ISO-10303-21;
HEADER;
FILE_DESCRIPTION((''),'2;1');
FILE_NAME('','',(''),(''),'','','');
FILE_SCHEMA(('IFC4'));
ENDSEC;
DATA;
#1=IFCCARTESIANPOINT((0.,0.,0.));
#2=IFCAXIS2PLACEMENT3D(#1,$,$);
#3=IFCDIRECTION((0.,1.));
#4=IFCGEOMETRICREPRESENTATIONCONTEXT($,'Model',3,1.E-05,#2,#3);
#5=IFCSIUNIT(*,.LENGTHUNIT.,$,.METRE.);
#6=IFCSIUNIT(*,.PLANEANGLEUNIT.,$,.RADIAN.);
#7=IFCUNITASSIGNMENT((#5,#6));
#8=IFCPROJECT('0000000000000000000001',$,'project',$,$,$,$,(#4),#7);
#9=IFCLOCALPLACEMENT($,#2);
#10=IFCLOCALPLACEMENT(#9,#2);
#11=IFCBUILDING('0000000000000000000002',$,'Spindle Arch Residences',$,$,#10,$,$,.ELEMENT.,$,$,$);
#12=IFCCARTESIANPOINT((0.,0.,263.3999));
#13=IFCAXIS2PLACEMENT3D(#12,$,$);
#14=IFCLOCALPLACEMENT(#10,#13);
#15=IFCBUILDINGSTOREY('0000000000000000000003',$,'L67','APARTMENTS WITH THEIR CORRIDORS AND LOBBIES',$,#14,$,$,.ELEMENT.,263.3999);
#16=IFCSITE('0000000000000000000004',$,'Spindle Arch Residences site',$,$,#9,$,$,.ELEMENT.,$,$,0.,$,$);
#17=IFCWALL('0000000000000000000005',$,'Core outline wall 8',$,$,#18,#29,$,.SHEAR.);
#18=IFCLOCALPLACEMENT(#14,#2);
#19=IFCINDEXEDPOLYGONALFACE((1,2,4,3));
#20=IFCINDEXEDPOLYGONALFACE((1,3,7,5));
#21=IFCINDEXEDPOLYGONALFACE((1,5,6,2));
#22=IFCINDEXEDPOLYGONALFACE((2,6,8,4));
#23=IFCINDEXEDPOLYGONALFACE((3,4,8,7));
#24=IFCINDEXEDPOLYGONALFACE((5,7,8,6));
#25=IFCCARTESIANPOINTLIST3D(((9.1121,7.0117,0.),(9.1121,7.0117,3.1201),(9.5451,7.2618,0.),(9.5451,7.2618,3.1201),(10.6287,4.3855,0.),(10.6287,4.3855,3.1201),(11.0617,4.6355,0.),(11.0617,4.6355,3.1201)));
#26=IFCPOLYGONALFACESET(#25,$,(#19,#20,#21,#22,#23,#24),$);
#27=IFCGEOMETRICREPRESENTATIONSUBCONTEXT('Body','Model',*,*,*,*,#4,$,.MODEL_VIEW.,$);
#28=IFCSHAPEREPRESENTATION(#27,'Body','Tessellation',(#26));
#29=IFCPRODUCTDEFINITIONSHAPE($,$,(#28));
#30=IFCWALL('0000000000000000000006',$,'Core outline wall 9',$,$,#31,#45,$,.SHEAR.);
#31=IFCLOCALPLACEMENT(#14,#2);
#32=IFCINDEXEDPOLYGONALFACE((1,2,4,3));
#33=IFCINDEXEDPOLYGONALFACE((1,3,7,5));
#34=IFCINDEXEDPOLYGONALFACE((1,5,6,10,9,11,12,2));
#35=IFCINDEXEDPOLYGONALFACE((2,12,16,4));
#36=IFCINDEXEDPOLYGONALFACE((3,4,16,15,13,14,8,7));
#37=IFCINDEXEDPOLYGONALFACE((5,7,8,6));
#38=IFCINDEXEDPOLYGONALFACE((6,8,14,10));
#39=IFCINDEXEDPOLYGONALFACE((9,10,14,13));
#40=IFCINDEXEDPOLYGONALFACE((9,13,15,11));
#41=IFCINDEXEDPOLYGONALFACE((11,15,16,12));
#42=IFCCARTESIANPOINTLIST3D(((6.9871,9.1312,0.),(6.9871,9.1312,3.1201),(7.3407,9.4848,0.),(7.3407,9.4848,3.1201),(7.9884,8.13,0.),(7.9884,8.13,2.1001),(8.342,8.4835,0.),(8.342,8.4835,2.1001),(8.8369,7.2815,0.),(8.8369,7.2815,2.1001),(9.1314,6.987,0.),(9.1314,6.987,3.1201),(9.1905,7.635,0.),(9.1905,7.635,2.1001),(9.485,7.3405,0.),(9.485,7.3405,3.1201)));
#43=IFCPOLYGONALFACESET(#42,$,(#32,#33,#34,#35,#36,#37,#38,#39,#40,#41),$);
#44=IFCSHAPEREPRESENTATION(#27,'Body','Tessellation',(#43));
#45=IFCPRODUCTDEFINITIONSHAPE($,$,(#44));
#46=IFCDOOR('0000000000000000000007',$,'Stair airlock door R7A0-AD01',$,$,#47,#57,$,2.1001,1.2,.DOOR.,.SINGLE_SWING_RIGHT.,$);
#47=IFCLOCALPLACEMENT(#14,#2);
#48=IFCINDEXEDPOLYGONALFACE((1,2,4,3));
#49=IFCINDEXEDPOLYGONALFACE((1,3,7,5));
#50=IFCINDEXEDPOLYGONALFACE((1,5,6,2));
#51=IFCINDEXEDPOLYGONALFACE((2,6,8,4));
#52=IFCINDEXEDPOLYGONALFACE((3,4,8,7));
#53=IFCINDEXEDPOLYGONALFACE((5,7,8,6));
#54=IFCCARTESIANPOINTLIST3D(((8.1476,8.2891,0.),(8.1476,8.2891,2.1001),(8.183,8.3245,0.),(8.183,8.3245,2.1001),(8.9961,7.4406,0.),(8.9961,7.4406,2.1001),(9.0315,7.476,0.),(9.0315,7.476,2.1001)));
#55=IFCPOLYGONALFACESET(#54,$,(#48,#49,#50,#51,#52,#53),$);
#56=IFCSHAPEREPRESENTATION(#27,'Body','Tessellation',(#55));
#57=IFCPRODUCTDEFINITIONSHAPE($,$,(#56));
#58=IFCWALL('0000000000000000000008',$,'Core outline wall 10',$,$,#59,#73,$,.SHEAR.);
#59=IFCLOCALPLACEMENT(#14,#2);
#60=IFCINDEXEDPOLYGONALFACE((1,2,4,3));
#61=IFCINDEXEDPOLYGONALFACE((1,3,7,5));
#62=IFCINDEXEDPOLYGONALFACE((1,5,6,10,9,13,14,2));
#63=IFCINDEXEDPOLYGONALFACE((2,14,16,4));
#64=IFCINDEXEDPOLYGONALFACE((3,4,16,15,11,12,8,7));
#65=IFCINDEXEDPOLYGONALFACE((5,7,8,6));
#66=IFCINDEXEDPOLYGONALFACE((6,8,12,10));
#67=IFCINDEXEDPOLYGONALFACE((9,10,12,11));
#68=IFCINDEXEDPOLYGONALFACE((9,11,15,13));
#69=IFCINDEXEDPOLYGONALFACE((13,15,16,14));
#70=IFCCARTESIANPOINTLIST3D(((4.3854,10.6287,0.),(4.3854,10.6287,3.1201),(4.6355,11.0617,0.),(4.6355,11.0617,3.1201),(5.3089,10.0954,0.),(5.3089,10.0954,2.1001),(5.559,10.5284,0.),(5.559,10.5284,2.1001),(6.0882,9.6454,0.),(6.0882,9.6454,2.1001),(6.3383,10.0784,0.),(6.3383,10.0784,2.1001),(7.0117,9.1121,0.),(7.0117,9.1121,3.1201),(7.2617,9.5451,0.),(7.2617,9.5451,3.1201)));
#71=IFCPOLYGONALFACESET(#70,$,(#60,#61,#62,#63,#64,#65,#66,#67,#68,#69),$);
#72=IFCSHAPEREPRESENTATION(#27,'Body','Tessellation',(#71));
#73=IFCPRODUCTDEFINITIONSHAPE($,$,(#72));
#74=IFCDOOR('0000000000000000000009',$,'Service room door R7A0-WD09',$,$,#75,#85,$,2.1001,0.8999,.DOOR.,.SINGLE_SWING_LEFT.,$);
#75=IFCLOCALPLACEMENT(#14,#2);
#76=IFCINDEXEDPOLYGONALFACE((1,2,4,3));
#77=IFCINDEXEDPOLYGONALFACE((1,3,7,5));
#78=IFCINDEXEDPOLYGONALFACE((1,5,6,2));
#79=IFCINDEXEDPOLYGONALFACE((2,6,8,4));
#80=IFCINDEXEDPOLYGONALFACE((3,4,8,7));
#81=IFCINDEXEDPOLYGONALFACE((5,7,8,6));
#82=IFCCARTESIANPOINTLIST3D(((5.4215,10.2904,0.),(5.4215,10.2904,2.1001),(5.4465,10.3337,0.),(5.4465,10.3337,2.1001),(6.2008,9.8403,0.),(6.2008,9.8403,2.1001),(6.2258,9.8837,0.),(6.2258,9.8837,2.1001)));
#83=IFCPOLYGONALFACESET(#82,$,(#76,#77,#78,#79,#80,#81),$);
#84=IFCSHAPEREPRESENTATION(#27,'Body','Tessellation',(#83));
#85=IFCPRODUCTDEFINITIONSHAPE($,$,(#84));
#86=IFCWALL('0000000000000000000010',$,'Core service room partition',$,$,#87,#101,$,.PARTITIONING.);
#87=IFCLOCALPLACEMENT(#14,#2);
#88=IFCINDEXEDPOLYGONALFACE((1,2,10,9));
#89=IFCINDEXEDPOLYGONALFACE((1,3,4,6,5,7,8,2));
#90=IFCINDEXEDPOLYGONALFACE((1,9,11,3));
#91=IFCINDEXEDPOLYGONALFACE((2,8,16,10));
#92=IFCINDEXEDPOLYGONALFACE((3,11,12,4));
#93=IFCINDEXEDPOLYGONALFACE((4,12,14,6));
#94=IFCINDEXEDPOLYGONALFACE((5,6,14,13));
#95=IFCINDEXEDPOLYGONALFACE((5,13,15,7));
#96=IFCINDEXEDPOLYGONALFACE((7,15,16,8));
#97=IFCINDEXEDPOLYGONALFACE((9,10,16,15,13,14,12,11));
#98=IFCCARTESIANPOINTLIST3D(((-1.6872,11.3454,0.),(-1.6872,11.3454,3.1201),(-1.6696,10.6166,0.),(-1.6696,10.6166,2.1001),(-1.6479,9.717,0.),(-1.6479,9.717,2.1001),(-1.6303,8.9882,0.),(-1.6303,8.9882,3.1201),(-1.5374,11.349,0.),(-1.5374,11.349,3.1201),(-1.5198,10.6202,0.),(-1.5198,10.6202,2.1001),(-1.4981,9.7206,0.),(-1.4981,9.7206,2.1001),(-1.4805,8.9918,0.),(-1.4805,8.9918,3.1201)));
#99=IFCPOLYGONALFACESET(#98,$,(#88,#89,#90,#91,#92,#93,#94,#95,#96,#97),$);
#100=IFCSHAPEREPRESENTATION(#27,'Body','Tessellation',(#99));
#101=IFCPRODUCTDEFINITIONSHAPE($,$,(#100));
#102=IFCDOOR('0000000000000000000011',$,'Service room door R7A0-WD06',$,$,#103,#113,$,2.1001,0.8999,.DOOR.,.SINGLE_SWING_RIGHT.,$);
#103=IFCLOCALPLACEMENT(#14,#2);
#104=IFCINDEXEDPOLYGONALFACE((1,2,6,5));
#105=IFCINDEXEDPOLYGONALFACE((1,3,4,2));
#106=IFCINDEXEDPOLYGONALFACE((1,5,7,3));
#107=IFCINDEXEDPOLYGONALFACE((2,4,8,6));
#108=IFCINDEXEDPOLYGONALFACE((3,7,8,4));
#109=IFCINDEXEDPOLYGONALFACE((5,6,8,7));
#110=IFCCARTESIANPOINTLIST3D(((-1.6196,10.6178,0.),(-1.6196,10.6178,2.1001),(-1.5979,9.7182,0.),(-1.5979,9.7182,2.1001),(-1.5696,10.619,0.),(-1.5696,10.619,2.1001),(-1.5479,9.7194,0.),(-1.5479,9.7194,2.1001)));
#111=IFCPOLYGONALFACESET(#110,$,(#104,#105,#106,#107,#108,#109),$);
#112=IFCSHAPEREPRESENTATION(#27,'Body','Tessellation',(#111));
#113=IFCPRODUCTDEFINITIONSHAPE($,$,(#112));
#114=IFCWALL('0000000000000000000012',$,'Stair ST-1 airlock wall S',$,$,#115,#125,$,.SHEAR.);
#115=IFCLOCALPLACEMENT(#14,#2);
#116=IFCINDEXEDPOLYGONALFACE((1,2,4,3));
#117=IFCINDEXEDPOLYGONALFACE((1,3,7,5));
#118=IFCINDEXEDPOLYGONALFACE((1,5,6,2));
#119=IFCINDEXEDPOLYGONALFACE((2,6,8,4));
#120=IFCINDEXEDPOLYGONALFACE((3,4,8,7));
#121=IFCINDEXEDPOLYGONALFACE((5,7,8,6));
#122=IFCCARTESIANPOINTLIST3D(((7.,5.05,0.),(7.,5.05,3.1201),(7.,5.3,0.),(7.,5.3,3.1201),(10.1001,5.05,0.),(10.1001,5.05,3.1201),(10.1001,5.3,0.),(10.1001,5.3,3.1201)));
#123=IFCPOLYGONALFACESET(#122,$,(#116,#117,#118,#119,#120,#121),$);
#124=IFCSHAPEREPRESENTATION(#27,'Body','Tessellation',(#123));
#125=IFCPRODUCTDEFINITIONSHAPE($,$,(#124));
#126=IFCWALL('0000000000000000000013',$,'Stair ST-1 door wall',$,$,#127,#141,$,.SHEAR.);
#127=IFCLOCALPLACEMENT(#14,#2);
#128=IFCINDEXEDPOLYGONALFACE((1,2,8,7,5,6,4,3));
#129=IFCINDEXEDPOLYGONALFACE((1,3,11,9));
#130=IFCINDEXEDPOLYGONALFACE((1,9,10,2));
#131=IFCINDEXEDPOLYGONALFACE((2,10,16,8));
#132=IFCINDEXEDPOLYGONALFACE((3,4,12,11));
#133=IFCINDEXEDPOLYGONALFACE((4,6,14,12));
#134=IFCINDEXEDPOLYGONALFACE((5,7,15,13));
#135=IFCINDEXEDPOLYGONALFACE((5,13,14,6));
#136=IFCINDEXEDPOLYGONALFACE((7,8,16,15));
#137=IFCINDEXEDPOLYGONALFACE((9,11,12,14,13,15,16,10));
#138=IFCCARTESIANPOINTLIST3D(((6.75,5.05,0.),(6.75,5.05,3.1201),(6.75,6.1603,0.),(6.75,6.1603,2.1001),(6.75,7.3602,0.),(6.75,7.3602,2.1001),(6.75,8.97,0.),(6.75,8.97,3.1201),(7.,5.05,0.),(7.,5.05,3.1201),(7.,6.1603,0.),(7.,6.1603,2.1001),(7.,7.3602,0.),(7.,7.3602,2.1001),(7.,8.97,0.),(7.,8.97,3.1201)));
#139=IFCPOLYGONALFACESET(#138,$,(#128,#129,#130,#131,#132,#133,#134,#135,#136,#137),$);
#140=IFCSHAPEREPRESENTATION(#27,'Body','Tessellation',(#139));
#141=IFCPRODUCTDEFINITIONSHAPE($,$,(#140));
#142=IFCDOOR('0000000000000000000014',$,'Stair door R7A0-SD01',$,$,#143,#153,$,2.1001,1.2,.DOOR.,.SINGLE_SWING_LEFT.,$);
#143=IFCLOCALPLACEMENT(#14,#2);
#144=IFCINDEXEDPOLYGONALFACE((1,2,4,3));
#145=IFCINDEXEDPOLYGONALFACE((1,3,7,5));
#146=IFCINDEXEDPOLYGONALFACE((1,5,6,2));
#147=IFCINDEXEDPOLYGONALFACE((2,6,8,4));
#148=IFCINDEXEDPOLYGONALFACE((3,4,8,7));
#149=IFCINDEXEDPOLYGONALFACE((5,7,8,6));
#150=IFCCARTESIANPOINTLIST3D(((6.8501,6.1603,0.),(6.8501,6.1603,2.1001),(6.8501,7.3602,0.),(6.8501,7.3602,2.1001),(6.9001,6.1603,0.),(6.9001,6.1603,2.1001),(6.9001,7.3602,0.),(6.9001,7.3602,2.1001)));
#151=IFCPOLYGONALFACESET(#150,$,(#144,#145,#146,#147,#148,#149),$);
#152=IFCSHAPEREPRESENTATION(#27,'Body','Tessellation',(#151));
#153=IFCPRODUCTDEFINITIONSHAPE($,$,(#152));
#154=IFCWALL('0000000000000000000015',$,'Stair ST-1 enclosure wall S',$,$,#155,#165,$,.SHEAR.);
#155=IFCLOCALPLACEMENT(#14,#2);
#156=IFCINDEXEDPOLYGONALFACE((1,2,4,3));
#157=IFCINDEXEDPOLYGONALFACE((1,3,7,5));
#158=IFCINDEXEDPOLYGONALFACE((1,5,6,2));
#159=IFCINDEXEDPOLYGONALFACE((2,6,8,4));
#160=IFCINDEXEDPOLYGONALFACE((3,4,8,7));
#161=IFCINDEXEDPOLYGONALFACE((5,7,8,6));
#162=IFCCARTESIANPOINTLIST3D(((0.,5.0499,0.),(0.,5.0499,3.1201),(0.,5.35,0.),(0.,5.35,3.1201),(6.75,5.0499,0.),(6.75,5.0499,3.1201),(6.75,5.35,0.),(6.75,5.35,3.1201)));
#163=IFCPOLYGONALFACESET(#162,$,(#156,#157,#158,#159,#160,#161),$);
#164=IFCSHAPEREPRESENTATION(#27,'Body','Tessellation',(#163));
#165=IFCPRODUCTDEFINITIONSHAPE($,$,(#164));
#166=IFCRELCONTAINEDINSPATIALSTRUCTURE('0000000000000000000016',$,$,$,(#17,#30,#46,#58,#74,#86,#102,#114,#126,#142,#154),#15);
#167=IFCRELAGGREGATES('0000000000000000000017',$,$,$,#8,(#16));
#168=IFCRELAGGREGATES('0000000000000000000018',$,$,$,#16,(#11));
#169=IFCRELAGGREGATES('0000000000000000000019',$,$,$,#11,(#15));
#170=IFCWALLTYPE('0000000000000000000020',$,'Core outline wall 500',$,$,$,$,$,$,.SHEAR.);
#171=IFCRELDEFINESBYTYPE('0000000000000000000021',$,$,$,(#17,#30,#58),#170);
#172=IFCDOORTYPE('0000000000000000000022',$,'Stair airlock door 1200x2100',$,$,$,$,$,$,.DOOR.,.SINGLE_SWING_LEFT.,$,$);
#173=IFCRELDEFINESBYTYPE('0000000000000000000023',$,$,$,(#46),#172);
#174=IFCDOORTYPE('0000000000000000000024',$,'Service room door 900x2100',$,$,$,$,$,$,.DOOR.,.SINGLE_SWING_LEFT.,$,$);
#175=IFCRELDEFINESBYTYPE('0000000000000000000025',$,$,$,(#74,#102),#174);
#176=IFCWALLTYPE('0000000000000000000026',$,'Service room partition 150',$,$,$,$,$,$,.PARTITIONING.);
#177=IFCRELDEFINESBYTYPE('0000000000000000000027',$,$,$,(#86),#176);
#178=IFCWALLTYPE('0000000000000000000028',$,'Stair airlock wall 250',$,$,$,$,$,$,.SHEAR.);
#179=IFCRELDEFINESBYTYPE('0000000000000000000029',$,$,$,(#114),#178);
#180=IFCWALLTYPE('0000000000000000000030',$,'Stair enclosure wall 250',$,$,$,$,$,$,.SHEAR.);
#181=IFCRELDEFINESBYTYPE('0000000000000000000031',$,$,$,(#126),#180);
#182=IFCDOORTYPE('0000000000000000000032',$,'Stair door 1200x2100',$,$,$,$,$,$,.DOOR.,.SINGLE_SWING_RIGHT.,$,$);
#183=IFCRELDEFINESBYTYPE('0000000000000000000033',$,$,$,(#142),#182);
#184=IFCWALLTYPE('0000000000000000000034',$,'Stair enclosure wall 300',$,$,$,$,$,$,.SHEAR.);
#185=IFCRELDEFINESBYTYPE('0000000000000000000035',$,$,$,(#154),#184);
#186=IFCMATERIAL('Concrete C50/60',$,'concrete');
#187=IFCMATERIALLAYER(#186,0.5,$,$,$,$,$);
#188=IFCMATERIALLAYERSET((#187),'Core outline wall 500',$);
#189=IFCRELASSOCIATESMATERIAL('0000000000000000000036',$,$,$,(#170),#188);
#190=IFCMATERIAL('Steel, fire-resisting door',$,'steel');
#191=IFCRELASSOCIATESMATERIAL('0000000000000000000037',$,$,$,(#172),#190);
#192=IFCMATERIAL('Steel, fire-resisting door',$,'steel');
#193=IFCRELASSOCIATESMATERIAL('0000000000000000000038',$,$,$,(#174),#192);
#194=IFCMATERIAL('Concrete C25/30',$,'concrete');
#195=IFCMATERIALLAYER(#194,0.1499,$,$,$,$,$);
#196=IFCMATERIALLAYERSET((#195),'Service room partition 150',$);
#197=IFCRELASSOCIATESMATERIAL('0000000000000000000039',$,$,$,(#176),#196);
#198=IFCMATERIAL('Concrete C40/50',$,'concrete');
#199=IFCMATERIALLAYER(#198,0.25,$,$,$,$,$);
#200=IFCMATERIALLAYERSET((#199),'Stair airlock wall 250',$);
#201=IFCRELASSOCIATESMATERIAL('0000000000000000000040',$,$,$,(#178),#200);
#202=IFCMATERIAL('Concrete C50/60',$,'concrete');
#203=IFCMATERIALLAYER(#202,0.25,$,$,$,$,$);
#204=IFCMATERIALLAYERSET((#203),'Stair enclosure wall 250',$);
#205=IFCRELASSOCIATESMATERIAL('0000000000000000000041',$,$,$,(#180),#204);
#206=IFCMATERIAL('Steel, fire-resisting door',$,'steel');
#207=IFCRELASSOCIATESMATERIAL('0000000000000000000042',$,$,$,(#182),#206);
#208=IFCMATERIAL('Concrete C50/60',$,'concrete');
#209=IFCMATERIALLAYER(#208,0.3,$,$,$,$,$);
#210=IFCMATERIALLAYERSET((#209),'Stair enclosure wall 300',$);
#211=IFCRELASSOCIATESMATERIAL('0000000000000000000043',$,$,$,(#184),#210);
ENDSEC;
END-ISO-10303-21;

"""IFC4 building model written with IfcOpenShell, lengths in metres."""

from ifc_helpers import new_model, si_unit, direction, frame, frame_2d, origin, place, context, subcontext, project, spatial, rectangle, extrude, material, layer, layer_set, type_object, element, fill, save


model = new_model("IFC4")

# Units and contexts
model_context = context("Model", 3, precision=1e-05, world=origin(), true_north=direction((0.0, 1.0)))
body_context = subcontext(model_context, "Body", "Model", "MODEL_VIEW")
ifc_project = project(units=[si_unit("LENGTHUNIT", "METRE"), si_unit("PLANEANGLEUNIT", "RADIAN")], contexts=[model_context])

# Site, building, storey
site_placement = place(None, origin())
site = spatial("IfcSite", under=ifc_project, at=site_placement, Name="Spindle Arch Residences site", CompositionType="ELEMENT", RefElevation=0.0)
building_placement = place(site_placement, origin())
building = spatial("IfcBuilding", under=site, at=building_placement, Name="Spindle Arch Residences", CompositionType="ELEMENT")
storey_placement = place(building_placement, frame((0.0, 0.0, 263.3999)))
storey = spatial("IfcBuildingStorey", under=building, at=storey_placement, Name="L67", Description="APARTMENTS WITH THEIR CORRIDORS AND LOBBIES", CompositionType="ELEMENT", Elevation=263.3999)

# Wall
ifc_material_1 = material(Name="Concrete C50/60", Category="concrete")
ifc_layer_1 = layer(ifc_material_1, 0.5)
ifc_layer_set_1 = layer_set([ifc_layer_1], Name="Core outline wall 500")
wall_type_1 = type_object("IfcWallType", Name="Core outline wall 500", PredefinedType="SHEAR", material=ifc_layer_set_1)
wall_1_placement = place(storey_placement, frame((10.8452, 4.5105, 0.0), z_axis=(0.0, 0.0, 1.0), x_axis=(-0.500087, 0.865975, 0.0)))
element("IfcWall", 1, at=wall_1_placement, inside=storey, type_object=wall_type_1, Name="Core outline wall 8", PredefinedType="SHEAR", context=body_context, shape_type="SweptSolid", body=[
    extrude(rectangle(XDim=3.0327, YDim=0.5, at=frame_2d((1.5164, 0.0))), origin(), (0.0, 0.0, 1.0), 3.1201),
])

# Walls, openings, doors
wall_2_placement = place(storey_placement, frame((9.3081, 7.1638, 0.0), z_axis=(0.0, 0.0, 1.0), x_axis=(-0.707107, 0.707107, 0.0)))
wall_2 = element("IfcWall", 2, at=wall_2_placement, inside=storey, type_object=wall_type_1, Name="Core outline wall 9", PredefinedType="SHEAR", context=body_context, shape_type="SweptSolid", body=[
    extrude(rectangle(XDim=3.0325, YDim=0.5, at=frame_2d((1.5161, 0.0))), origin(), (0.0, 0.0, 1.0), 3.1201),
])
opening_1_placement = place(wall_2_placement, frame((0.4163, 0.0, 0.0)))
opening_1 = element("IfcOpeningElement", 3, at=opening_1_placement, cuts=wall_2, PredefinedType="OPENING", context=body_context, shape_type="SweptSolid", body=[
    extrude(rectangle(XDim=1.2, YDim=2.1001, at=frame_2d((0.6001, 1.05))), frame((0.0, 0.26, 0.0), z_axis=(0.0, -1.0, 0.0), x_axis=(1.0, 0.0, 0.0)), (0.0, 0.0, 1.0), 0.52),
])
ifc_material_2 = material(Name="Steel, fire-resisting door", Category="steel")
door_type_1 = type_object("IfcDoorType", Name="Stair airlock door 1200x2100", OperationType="SINGLE_SWING_LEFT", PredefinedType="DOOR", material=ifc_material_2)
door_1_placement = place(opening_1_placement, origin())
door_1 = element("IfcDoor", 4, at=door_1_placement, inside=storey, type_object=door_type_1, Name="Stair airlock door R7A0-AD01", OperationType="SINGLE_SWING_RIGHT", OverallHeight=2.1001, OverallWidth=1.2, PredefinedType="DOOR", context=body_context, shape_type="SweptSolid", body=[
    extrude(rectangle(XDim=1.2, YDim=2.1001, at=frame_2d((0.6001, 1.05))), frame((0.0, 0.0249, 0.0), z_axis=(0.0, -1.0, 0.0), x_axis=(1.0, 0.0, 0.0)), (0.0, 0.0, 1.0), 0.05),
])
fill(opening_1, door_1)
wall_3_placement = place(storey_placement, frame((7.1367, 9.3286, 0.0), z_axis=(0.0, 0.0, 1.0), x_axis=(-0.865975, 0.500087, 0.0)))
wall_3 = element("IfcWall", 5, at=wall_3_placement, inside=storey, type_object=wall_type_1, Name="Core outline wall 10", PredefinedType="SHEAR", context=body_context, shape_type="SweptSolid", body=[
    extrude(rectangle(XDim=3.0327, YDim=0.5, at=frame_2d((1.5164, 0.0))), origin(), (0.0, 0.0, 1.0), 3.1201),
])
opening_2_placement = place(wall_3_placement, frame((1.0664, 0.0, 0.0)))
opening_2 = element("IfcOpeningElement", 6, at=opening_2_placement, cuts=wall_3, PredefinedType="OPENING", context=body_context, shape_type="SweptSolid", body=[
    extrude(rectangle(XDim=0.8999, YDim=2.1001, at=frame_2d((0.45, 1.05))), frame((0.0, 0.26, 0.0), z_axis=(0.0, -1.0, 0.0), x_axis=(1.0, 0.0, 0.0)), (0.0, 0.0, 1.0), 0.52),
])
ifc_material_3 = material(Name="Steel, fire-resisting door", Category="steel")
door_type_2 = type_object("IfcDoorType", Name="Service room door 900x2100", OperationType="SINGLE_SWING_LEFT", PredefinedType="DOOR", material=ifc_material_3)
door_2_placement = place(opening_2_placement, origin())
door_2 = element("IfcDoor", 7, at=door_2_placement, inside=storey, type_object=door_type_2, Name="Service room door R7A0-WD09", OperationType="SINGLE_SWING_LEFT", OverallHeight=2.1001, OverallWidth=0.8999, PredefinedType="DOOR", context=body_context, shape_type="SweptSolid", body=[
    extrude(rectangle(XDim=0.8999, YDim=2.1001, at=frame_2d((0.45, 1.05))), frame((0.0, 0.0249, 0.0), z_axis=(0.0, -1.0, 0.0), x_axis=(1.0, 0.0, 0.0)), (0.0, 0.0, 1.0), 0.05),
])
fill(opening_2, door_2)

# Wall, opening, door
ifc_material_4 = material(Name="Concrete C25/30", Category="concrete")
ifc_layer_2 = layer(ifc_material_4, 0.1499)
ifc_layer_set_2 = layer_set([ifc_layer_2], Name="Service room partition 150")
wall_type_2 = type_object("IfcWallType", Name="Service room partition 150", PredefinedType="PARTITIONING", material=ifc_layer_set_2)
wall_4_placement = place(storey_placement, frame((-1.5554, 8.99, 0.0), z_axis=(0.0, 0.0, 1.0), x_axis=(-0.024126, 0.999709, 0.0)))
wall_4 = element("IfcWall", 8, at=wall_4_placement, inside=storey, type_object=wall_type_2, Name="Core service room partition", PredefinedType="PARTITIONING", context=body_context, shape_type="SweptSolid", body=[
    extrude(rectangle(XDim=2.3579, YDim=0.1499, at=frame_2d((1.179, 0.0))), origin(), (0.0, 0.0, 1.0), 3.1201),
])
opening_3_placement = place(wall_4_placement, frame((0.729, 0.0, 0.0)))
opening_3 = element("IfcOpeningElement", 9, at=opening_3_placement, cuts=wall_4, PredefinedType="OPENING", context=body_context, shape_type="SweptSolid", body=[
    extrude(rectangle(XDim=0.8999, YDim=2.1001, at=frame_2d((0.45, 1.05))), frame((0.0, 0.085, 0.0), z_axis=(0.0, -1.0, 0.0), x_axis=(1.0, 0.0, 0.0)), (0.0, 0.0, 1.0), 0.1699),
])
door_3_placement = place(opening_3_placement, origin())
door_3 = element("IfcDoor", 10, at=door_3_placement, inside=storey, type_object=door_type_2, Name="Service room door R7A0-WD06", OperationType="SINGLE_SWING_RIGHT", OverallHeight=2.1001, OverallWidth=0.8999, PredefinedType="DOOR", context=body_context, shape_type="SweptSolid", body=[
    extrude(rectangle(XDim=0.8999, YDim=2.1001, at=frame_2d((0.45, 1.05))), frame((0.0, 0.0249, 0.0), z_axis=(0.0, -1.0, 0.0), x_axis=(1.0, 0.0, 0.0)), (0.0, 0.0, 1.0), 0.05),
])
fill(opening_3, door_3)

# Wall
ifc_material_5 = material(Name="Concrete C40/50", Category="concrete")
ifc_layer_3 = layer(ifc_material_5, 0.25)
ifc_layer_set_3 = layer_set([ifc_layer_3], Name="Stair airlock wall 250")
wall_type_3 = type_object("IfcWallType", Name="Stair airlock wall 250", PredefinedType="SHEAR", material=ifc_layer_set_3)
wall_5_placement = place(storey_placement, frame((7.0, 5.175, 0.0), z_axis=(0.0, 0.0, 1.0), x_axis=(1.0, 0.0, 0.0)))
element("IfcWall", 11, at=wall_5_placement, inside=storey, type_object=wall_type_3, Name="Stair ST-1 airlock wall S", PredefinedType="SHEAR", context=body_context, shape_type="SweptSolid", body=[
    extrude(rectangle(XDim=3.1001, YDim=0.25, at=frame_2d((1.55, 0.0))), origin(), (0.0, 0.0, 1.0), 3.1201),
])

# Wall, opening, door
ifc_material_6 = material(Name="Concrete C50/60", Category="concrete")
ifc_layer_4 = layer(ifc_material_6, 0.25)
ifc_layer_set_4 = layer_set([ifc_layer_4], Name="Stair enclosure wall 250")
wall_type_4 = type_object("IfcWallType", Name="Stair enclosure wall 250", PredefinedType="SHEAR", material=ifc_layer_set_4)
wall_6_placement = place(storey_placement, frame((6.875, 5.05, 0.0), z_axis=(0.0, 0.0, 1.0), x_axis=(0.0, 1.0, 0.0)))
wall_6 = element("IfcWall", 12, at=wall_6_placement, inside=storey, type_object=wall_type_4, Name="Stair ST-1 door wall", PredefinedType="SHEAR", context=body_context, shape_type="SweptSolid", body=[
    extrude(rectangle(XDim=3.9199, YDim=0.25, at=frame_2d((1.96, 0.0))), origin(), (0.0, 0.0, 1.0), 3.1201),
])
opening_4_placement = place(wall_6_placement, frame((1.1101, 0.0, 0.0)))
opening_4 = element("IfcOpeningElement", 13, at=opening_4_placement, cuts=wall_6, PredefinedType="OPENING", context=body_context, shape_type="SweptSolid", body=[
    extrude(rectangle(XDim=1.2, YDim=2.1001, at=frame_2d((0.6001, 1.05))), frame((0.0, 0.135, 0.0), z_axis=(0.0, -1.0, 0.0), x_axis=(1.0, 0.0, 0.0)), (0.0, 0.0, 1.0), 0.27),
])
ifc_material_7 = material(Name="Steel, fire-resisting door", Category="steel")
door_type_3 = type_object("IfcDoorType", Name="Stair door 1200x2100", OperationType="SINGLE_SWING_RIGHT", PredefinedType="DOOR", material=ifc_material_7)
door_4_placement = place(opening_4_placement, origin())
door_4 = element("IfcDoor", 14, at=door_4_placement, inside=storey, type_object=door_type_3, Name="Stair door R7A0-SD01", OperationType="SINGLE_SWING_LEFT", OverallHeight=2.1001, OverallWidth=1.2, PredefinedType="DOOR", context=body_context, shape_type="SweptSolid", body=[
    extrude(rectangle(XDim=1.2, YDim=2.1001, at=frame_2d((0.6001, 1.05))), frame((0.0, 0.0249, 0.0), z_axis=(0.0, -1.0, 0.0), x_axis=(1.0, 0.0, 0.0)), (0.0, 0.0, 1.0), 0.05),
])
fill(opening_4, door_4)

# Wall
ifc_material_8 = material(Name="Concrete C50/60", Category="concrete")
ifc_layer_5 = layer(ifc_material_8, 0.3)
ifc_layer_set_5 = layer_set([ifc_layer_5], Name="Stair enclosure wall 300")
wall_type_5 = type_object("IfcWallType", Name="Stair enclosure wall 300", PredefinedType="SHEAR", material=ifc_layer_set_5)
for number, where, z_axis, x_axis, name in (
    (15, (0.0, 5.2, 0.0), (0.0, 0.0, 1.0), (1.0, 0.0, 0.0), "Stair ST-1 enclosure wall S"),
):
    element("IfcWall", number, at=place(storey_placement, frame(where, z_axis=z_axis, x_axis=x_axis)), inside=storey, type_object=wall_type_5, Name=name, PredefinedType="SHEAR", context=body_context, shape_type="SweptSolid", body=[
        extrude(rectangle(XDim=6.75, YDim=0.3, at=frame_2d((3.375, 0.0))), origin(), (0.0, 0.0, 1.0), 3.1201),
    ])

save(model, "model.ifc")
